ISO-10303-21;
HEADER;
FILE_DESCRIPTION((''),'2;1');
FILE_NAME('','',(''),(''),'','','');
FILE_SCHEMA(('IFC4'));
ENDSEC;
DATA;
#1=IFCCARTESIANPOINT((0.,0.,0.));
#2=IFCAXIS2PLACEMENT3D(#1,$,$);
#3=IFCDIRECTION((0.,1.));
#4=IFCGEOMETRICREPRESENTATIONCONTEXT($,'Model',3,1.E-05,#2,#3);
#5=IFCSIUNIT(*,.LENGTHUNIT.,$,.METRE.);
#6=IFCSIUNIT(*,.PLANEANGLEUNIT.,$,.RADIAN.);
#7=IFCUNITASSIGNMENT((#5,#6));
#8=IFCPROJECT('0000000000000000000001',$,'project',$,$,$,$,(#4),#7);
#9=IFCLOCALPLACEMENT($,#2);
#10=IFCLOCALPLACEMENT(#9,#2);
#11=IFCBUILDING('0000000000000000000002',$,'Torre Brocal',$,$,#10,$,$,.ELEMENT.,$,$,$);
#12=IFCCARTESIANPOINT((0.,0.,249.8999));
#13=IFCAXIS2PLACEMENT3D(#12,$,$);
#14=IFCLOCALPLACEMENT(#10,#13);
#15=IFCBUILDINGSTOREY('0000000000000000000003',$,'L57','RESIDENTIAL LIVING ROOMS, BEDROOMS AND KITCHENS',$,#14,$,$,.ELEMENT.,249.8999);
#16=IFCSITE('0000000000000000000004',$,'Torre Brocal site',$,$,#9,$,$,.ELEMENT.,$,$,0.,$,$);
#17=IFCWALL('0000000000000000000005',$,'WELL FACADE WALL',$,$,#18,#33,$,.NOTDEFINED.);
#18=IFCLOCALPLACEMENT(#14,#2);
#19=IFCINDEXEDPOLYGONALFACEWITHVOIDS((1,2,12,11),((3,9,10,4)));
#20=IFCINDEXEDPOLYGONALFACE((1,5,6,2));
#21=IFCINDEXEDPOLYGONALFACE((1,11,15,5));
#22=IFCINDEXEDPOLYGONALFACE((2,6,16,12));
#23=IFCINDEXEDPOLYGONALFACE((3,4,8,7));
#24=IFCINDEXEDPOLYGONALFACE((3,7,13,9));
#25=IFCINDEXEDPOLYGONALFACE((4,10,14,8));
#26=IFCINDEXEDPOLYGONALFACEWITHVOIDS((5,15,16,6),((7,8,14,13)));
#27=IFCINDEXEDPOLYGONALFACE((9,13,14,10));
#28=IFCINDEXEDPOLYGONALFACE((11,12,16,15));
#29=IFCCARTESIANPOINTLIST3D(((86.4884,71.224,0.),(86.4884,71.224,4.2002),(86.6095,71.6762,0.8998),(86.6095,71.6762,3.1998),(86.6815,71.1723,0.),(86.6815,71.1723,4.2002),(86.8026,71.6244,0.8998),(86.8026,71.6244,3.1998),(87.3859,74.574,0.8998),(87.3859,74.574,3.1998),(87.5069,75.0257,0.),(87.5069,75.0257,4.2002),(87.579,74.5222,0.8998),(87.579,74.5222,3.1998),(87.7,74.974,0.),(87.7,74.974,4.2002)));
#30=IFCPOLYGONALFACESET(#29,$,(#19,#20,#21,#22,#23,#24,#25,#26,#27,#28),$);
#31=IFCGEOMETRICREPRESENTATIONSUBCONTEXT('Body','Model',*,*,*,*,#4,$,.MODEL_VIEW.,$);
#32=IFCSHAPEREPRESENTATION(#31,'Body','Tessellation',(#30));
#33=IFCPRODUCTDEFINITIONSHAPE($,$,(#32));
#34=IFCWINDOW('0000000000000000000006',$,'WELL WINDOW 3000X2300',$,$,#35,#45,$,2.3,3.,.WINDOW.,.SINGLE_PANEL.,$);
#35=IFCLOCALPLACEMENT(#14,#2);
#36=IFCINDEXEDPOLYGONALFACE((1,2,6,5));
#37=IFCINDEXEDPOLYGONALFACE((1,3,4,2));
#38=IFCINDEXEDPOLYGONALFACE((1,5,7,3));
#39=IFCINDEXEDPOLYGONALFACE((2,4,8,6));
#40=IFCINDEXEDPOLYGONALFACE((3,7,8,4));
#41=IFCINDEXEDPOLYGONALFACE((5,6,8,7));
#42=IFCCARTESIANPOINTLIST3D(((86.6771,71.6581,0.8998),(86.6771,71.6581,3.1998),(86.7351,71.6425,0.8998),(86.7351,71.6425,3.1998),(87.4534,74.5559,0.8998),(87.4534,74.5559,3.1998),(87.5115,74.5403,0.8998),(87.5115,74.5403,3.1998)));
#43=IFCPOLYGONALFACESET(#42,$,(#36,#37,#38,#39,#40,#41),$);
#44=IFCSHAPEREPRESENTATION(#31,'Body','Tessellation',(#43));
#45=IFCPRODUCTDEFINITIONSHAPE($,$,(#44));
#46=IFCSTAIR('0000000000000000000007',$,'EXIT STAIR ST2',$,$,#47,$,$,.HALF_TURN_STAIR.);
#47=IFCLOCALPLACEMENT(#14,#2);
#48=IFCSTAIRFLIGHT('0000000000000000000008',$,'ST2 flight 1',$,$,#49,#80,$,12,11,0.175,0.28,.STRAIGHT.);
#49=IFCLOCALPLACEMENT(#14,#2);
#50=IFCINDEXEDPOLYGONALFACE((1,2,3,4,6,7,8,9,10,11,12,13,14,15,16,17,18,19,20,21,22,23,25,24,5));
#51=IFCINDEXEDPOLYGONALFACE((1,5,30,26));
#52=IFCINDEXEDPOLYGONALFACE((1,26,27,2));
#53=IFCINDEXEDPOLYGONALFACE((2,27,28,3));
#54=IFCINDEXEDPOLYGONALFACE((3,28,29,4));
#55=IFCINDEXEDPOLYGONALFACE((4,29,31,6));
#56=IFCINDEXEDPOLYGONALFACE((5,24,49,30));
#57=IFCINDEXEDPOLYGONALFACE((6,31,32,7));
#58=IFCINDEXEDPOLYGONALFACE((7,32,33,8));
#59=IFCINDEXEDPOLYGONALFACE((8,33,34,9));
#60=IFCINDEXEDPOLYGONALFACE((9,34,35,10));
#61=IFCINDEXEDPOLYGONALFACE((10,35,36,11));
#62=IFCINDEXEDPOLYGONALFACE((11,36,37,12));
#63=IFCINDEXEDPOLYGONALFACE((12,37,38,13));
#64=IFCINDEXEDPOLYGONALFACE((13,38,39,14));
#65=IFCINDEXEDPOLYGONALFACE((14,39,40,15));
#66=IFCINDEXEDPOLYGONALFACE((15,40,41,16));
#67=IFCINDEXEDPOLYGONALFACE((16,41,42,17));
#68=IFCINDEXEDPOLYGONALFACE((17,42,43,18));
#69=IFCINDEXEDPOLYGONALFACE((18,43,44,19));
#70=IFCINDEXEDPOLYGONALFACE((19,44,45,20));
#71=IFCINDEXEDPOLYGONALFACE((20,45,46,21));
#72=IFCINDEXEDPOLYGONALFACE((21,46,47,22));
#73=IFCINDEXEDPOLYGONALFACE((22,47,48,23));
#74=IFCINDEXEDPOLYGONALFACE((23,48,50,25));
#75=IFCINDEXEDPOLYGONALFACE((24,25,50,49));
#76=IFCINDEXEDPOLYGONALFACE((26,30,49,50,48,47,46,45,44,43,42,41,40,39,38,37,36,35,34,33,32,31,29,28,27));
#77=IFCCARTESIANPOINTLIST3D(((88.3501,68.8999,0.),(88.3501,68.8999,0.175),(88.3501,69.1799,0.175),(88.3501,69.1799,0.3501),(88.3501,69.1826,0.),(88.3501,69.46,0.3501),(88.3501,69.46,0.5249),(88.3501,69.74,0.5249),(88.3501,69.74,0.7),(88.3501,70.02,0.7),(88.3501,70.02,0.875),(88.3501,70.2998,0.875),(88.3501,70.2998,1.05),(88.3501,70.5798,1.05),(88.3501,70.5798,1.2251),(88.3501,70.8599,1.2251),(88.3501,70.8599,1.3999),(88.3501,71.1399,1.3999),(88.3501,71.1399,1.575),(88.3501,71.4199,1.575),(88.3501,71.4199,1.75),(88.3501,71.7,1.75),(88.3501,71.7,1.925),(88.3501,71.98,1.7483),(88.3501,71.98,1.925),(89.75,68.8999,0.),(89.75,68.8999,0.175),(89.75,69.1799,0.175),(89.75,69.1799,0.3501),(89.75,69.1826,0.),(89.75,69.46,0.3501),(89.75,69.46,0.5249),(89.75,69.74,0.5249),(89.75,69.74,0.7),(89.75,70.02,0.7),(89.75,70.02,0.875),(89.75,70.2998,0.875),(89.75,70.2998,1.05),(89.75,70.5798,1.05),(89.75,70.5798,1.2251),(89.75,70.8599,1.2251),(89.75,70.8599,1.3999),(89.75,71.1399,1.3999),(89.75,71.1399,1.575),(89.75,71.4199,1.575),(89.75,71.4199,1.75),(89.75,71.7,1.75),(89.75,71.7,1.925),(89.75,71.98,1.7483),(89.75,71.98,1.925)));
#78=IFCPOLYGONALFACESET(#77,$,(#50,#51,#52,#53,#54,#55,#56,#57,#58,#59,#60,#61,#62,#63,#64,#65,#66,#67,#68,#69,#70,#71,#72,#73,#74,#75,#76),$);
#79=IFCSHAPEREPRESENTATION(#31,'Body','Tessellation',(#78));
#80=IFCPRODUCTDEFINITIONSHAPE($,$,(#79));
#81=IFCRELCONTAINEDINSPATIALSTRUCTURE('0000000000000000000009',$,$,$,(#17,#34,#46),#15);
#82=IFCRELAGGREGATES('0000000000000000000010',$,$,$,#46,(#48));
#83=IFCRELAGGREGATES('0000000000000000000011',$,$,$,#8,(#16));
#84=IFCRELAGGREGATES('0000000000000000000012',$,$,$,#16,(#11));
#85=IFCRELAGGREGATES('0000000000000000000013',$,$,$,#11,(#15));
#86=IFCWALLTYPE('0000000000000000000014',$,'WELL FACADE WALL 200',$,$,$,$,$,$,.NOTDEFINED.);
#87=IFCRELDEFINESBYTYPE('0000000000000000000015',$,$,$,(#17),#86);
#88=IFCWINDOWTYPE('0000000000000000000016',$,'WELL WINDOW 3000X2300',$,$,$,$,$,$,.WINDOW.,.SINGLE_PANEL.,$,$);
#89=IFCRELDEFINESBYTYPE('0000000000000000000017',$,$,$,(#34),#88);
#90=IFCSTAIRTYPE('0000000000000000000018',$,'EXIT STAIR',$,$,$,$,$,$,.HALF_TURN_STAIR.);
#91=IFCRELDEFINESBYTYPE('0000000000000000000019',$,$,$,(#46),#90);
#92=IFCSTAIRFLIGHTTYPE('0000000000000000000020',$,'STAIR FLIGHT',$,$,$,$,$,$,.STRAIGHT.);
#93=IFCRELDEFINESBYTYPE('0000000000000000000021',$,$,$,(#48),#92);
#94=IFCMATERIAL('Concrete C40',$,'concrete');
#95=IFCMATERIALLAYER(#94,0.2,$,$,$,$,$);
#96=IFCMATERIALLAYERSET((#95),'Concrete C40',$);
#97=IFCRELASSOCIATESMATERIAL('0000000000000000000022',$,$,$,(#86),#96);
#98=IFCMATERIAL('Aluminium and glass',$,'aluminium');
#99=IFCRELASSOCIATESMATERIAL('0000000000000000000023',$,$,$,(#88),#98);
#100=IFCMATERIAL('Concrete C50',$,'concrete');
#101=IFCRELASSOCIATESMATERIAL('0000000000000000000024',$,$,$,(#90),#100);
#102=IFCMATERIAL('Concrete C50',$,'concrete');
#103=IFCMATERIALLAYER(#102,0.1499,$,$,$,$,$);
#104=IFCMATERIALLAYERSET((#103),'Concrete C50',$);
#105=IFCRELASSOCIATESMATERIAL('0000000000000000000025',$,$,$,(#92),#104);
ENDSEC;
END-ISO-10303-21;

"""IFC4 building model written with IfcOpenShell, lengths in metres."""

from ifc_helpers import new_model, si_unit, direction, frame, frame_2d, origin, place, context, subcontext, project, spatial, polyline, rectangle, outline, extrude, material, layer, layer_set, type_object, element, fill, aggregate, save


model = new_model("IFC4")

# Units and contexts
model_context = context("Model", 3, precision=1e-05, world=origin(), true_north=direction((0.0, 1.0)))
body_context = subcontext(model_context, "Body", "Model", "MODEL_VIEW")
ifc_project = project(units=[si_unit("LENGTHUNIT", "METRE"), si_unit("PLANEANGLEUNIT", "RADIAN")], contexts=[model_context])

# Site, building, storey
site_placement = place(None, origin())
site = spatial("IfcSite", under=ifc_project, at=site_placement, Name="Torre Brocal site", CompositionType="ELEMENT", RefElevation=0.0)
building_placement = place(site_placement, origin())
building = spatial("IfcBuilding", under=site, at=building_placement, Name="Torre Brocal", CompositionType="ELEMENT")
storey_placement = place(building_placement, frame((0.0, 0.0, 249.8999)))
storey = spatial("IfcBuildingStorey", under=building, at=storey_placement, Name="L57", Description="RESIDENTIAL LIVING ROOMS, BEDROOMS AND KITCHENS", CompositionType="ELEMENT", Elevation=249.8999)

# Wall, opening, window
ifc_material_1 = material(Name="Concrete C40", Category="concrete")
ifc_layer_1 = layer(ifc_material_1, 0.2)
ifc_layer_set_1 = layer_set([ifc_layer_1], Name="Concrete C40")
wall_type_1 = type_object("IfcWallType", Name="WELL FACADE WALL 200", PredefinedType="NOTDEFINED", material=ifc_layer_set_1)
ifc_material_2 = material(Name="Aluminium and glass", Category="aluminium")
window_type = type_object("IfcWindowType", Name="WELL WINDOW 3000X2300", PartitioningType="SINGLE_PANEL", PredefinedType="WINDOW", material=ifc_material_2)
wall_1_placement = place(storey_placement, frame((86.585, 71.1982, 0.0), z_axis=(0.0, 0.0, 1.0), x_axis=(0.25879, 0.965934, 0.0)))
wall_1 = element("IfcWall", 1, at=wall_1_placement, inside=storey, type_object=wall_type_1, Name="WELL FACADE WALL", PredefinedType="NOTDEFINED", context=body_context, shape_type="SweptSolid", body=[
    extrude(rectangle(XDim=3.9358, YDim=0.2, at=frame_2d((1.9678, 0.0))), origin(), (0.0, 0.0, 1.0), 4.2002),
])
opening_1_placement = place(wall_1_placement, frame((0.468, 0.0, 0.8999)))
opening_1 = element("IfcOpeningElement", 2, at=opening_1_placement, cuts=wall_1, PredefinedType="OPENING", context=body_context, shape_type="SweptSolid", body=[
    extrude(rectangle(XDim=3.0, YDim=2.3, at=frame_2d((1.5, 1.1499))), frame((0.0, 0.1099, 0.0), z_axis=(0.0, -1.0, 0.0), x_axis=(1.0, 0.0, 0.0)), (0.0, 0.0, 1.0), 0.22),
])
window_1_placement = place(opening_1_placement, origin())
window_1 = element("IfcWindow", 3, at=window_1_placement, inside=storey, type_object=window_type, Name="WELL WINDOW 3000X2300", OverallHeight=2.3, OverallWidth=3.0, PartitioningType="SINGLE_PANEL", PredefinedType="WINDOW", context=body_context, shape_type="SweptSolid", body=[
    extrude(rectangle(XDim=3.0, YDim=2.3, at=frame_2d((1.5, 1.1499))), frame((0.0, 0.03, 0.0), z_axis=(0.0, -1.0, 0.0), x_axis=(1.0, 0.0, 0.0)), (0.0, 0.0, 1.0), 0.0601),
])
fill(opening_1, window_1)

# Stair, stair flight
ifc_material_3 = material(Name="Concrete C50", Category="concrete")
stair_type = type_object("IfcStairType", Name="EXIT STAIR", PredefinedType="HALF_TURN_STAIR", material=ifc_material_3)
stair_placement = place(storey_placement, origin())
stair = element("IfcStair", 4, at=stair_placement, inside=storey, type_object=stair_type, Name="EXIT STAIR ST2", PredefinedType="HALF_TURN_STAIR")
ifc_material_4 = material(Name="Concrete C50", Category="concrete")
ifc_layer_2 = layer(ifc_material_4, 0.1499)
ifc_layer_set_2 = layer_set([ifc_layer_2], Name="Concrete C50")
stair_flight_type = type_object("IfcStairFlightType", Name="STAIR FLIGHT", PredefinedType="STRAIGHT", material=ifc_layer_set_2)
stair_flight_placement = place(storey_placement, frame((89.05, 68.8999, 0.0), z_axis=(0.0, 0.0, 1.0), x_axis=(0.0, 1.0, 0.0)))
stair_flight = element("IfcStairFlight", 5, at=stair_flight_placement, type_object=stair_flight_type, Name="ST2 flight 1", NumberOfRisers=12, NumberOfTreads=11, PredefinedType="STRAIGHT", RiserHeight=0.175, TreadLength=0.28, context=body_context, shape_type="SweptSolid", body=[
    extrude(outline(polyline([(0.0, 0.0), (0.0, 0.175), (0.28, 0.175), (0.28, 0.3501), (0.5601, 0.3501), (0.5601, 0.5249), (0.8401, 0.5249), (0.8401, 0.7), (1.1201, 0.7), (1.1201, 0.875), (1.3999, 0.875), (1.3999, 1.05), (1.6799, 1.05), (1.6799, 1.2251), (1.96, 1.2251), (1.96, 1.3999), (2.24, 1.3999), (2.24, 1.575), (2.52, 1.575), (2.52, 1.75), (2.8, 1.75), (2.8, 1.925), (3.0801, 1.925), (3.0801, 2.1001), (3.0801, 1.7483), (0.2827, 0.0), (0.0, 0.0)])), frame((0.0, 0.7, 0.0), z_axis=(0.0, -1.0, 0.0), x_axis=(1.0, 0.0, 0.0)), (0.0, 0.0, 1.0), 1.3999),
])
aggregate(stair, [stair_flight])

save(model, "model.ifc")
